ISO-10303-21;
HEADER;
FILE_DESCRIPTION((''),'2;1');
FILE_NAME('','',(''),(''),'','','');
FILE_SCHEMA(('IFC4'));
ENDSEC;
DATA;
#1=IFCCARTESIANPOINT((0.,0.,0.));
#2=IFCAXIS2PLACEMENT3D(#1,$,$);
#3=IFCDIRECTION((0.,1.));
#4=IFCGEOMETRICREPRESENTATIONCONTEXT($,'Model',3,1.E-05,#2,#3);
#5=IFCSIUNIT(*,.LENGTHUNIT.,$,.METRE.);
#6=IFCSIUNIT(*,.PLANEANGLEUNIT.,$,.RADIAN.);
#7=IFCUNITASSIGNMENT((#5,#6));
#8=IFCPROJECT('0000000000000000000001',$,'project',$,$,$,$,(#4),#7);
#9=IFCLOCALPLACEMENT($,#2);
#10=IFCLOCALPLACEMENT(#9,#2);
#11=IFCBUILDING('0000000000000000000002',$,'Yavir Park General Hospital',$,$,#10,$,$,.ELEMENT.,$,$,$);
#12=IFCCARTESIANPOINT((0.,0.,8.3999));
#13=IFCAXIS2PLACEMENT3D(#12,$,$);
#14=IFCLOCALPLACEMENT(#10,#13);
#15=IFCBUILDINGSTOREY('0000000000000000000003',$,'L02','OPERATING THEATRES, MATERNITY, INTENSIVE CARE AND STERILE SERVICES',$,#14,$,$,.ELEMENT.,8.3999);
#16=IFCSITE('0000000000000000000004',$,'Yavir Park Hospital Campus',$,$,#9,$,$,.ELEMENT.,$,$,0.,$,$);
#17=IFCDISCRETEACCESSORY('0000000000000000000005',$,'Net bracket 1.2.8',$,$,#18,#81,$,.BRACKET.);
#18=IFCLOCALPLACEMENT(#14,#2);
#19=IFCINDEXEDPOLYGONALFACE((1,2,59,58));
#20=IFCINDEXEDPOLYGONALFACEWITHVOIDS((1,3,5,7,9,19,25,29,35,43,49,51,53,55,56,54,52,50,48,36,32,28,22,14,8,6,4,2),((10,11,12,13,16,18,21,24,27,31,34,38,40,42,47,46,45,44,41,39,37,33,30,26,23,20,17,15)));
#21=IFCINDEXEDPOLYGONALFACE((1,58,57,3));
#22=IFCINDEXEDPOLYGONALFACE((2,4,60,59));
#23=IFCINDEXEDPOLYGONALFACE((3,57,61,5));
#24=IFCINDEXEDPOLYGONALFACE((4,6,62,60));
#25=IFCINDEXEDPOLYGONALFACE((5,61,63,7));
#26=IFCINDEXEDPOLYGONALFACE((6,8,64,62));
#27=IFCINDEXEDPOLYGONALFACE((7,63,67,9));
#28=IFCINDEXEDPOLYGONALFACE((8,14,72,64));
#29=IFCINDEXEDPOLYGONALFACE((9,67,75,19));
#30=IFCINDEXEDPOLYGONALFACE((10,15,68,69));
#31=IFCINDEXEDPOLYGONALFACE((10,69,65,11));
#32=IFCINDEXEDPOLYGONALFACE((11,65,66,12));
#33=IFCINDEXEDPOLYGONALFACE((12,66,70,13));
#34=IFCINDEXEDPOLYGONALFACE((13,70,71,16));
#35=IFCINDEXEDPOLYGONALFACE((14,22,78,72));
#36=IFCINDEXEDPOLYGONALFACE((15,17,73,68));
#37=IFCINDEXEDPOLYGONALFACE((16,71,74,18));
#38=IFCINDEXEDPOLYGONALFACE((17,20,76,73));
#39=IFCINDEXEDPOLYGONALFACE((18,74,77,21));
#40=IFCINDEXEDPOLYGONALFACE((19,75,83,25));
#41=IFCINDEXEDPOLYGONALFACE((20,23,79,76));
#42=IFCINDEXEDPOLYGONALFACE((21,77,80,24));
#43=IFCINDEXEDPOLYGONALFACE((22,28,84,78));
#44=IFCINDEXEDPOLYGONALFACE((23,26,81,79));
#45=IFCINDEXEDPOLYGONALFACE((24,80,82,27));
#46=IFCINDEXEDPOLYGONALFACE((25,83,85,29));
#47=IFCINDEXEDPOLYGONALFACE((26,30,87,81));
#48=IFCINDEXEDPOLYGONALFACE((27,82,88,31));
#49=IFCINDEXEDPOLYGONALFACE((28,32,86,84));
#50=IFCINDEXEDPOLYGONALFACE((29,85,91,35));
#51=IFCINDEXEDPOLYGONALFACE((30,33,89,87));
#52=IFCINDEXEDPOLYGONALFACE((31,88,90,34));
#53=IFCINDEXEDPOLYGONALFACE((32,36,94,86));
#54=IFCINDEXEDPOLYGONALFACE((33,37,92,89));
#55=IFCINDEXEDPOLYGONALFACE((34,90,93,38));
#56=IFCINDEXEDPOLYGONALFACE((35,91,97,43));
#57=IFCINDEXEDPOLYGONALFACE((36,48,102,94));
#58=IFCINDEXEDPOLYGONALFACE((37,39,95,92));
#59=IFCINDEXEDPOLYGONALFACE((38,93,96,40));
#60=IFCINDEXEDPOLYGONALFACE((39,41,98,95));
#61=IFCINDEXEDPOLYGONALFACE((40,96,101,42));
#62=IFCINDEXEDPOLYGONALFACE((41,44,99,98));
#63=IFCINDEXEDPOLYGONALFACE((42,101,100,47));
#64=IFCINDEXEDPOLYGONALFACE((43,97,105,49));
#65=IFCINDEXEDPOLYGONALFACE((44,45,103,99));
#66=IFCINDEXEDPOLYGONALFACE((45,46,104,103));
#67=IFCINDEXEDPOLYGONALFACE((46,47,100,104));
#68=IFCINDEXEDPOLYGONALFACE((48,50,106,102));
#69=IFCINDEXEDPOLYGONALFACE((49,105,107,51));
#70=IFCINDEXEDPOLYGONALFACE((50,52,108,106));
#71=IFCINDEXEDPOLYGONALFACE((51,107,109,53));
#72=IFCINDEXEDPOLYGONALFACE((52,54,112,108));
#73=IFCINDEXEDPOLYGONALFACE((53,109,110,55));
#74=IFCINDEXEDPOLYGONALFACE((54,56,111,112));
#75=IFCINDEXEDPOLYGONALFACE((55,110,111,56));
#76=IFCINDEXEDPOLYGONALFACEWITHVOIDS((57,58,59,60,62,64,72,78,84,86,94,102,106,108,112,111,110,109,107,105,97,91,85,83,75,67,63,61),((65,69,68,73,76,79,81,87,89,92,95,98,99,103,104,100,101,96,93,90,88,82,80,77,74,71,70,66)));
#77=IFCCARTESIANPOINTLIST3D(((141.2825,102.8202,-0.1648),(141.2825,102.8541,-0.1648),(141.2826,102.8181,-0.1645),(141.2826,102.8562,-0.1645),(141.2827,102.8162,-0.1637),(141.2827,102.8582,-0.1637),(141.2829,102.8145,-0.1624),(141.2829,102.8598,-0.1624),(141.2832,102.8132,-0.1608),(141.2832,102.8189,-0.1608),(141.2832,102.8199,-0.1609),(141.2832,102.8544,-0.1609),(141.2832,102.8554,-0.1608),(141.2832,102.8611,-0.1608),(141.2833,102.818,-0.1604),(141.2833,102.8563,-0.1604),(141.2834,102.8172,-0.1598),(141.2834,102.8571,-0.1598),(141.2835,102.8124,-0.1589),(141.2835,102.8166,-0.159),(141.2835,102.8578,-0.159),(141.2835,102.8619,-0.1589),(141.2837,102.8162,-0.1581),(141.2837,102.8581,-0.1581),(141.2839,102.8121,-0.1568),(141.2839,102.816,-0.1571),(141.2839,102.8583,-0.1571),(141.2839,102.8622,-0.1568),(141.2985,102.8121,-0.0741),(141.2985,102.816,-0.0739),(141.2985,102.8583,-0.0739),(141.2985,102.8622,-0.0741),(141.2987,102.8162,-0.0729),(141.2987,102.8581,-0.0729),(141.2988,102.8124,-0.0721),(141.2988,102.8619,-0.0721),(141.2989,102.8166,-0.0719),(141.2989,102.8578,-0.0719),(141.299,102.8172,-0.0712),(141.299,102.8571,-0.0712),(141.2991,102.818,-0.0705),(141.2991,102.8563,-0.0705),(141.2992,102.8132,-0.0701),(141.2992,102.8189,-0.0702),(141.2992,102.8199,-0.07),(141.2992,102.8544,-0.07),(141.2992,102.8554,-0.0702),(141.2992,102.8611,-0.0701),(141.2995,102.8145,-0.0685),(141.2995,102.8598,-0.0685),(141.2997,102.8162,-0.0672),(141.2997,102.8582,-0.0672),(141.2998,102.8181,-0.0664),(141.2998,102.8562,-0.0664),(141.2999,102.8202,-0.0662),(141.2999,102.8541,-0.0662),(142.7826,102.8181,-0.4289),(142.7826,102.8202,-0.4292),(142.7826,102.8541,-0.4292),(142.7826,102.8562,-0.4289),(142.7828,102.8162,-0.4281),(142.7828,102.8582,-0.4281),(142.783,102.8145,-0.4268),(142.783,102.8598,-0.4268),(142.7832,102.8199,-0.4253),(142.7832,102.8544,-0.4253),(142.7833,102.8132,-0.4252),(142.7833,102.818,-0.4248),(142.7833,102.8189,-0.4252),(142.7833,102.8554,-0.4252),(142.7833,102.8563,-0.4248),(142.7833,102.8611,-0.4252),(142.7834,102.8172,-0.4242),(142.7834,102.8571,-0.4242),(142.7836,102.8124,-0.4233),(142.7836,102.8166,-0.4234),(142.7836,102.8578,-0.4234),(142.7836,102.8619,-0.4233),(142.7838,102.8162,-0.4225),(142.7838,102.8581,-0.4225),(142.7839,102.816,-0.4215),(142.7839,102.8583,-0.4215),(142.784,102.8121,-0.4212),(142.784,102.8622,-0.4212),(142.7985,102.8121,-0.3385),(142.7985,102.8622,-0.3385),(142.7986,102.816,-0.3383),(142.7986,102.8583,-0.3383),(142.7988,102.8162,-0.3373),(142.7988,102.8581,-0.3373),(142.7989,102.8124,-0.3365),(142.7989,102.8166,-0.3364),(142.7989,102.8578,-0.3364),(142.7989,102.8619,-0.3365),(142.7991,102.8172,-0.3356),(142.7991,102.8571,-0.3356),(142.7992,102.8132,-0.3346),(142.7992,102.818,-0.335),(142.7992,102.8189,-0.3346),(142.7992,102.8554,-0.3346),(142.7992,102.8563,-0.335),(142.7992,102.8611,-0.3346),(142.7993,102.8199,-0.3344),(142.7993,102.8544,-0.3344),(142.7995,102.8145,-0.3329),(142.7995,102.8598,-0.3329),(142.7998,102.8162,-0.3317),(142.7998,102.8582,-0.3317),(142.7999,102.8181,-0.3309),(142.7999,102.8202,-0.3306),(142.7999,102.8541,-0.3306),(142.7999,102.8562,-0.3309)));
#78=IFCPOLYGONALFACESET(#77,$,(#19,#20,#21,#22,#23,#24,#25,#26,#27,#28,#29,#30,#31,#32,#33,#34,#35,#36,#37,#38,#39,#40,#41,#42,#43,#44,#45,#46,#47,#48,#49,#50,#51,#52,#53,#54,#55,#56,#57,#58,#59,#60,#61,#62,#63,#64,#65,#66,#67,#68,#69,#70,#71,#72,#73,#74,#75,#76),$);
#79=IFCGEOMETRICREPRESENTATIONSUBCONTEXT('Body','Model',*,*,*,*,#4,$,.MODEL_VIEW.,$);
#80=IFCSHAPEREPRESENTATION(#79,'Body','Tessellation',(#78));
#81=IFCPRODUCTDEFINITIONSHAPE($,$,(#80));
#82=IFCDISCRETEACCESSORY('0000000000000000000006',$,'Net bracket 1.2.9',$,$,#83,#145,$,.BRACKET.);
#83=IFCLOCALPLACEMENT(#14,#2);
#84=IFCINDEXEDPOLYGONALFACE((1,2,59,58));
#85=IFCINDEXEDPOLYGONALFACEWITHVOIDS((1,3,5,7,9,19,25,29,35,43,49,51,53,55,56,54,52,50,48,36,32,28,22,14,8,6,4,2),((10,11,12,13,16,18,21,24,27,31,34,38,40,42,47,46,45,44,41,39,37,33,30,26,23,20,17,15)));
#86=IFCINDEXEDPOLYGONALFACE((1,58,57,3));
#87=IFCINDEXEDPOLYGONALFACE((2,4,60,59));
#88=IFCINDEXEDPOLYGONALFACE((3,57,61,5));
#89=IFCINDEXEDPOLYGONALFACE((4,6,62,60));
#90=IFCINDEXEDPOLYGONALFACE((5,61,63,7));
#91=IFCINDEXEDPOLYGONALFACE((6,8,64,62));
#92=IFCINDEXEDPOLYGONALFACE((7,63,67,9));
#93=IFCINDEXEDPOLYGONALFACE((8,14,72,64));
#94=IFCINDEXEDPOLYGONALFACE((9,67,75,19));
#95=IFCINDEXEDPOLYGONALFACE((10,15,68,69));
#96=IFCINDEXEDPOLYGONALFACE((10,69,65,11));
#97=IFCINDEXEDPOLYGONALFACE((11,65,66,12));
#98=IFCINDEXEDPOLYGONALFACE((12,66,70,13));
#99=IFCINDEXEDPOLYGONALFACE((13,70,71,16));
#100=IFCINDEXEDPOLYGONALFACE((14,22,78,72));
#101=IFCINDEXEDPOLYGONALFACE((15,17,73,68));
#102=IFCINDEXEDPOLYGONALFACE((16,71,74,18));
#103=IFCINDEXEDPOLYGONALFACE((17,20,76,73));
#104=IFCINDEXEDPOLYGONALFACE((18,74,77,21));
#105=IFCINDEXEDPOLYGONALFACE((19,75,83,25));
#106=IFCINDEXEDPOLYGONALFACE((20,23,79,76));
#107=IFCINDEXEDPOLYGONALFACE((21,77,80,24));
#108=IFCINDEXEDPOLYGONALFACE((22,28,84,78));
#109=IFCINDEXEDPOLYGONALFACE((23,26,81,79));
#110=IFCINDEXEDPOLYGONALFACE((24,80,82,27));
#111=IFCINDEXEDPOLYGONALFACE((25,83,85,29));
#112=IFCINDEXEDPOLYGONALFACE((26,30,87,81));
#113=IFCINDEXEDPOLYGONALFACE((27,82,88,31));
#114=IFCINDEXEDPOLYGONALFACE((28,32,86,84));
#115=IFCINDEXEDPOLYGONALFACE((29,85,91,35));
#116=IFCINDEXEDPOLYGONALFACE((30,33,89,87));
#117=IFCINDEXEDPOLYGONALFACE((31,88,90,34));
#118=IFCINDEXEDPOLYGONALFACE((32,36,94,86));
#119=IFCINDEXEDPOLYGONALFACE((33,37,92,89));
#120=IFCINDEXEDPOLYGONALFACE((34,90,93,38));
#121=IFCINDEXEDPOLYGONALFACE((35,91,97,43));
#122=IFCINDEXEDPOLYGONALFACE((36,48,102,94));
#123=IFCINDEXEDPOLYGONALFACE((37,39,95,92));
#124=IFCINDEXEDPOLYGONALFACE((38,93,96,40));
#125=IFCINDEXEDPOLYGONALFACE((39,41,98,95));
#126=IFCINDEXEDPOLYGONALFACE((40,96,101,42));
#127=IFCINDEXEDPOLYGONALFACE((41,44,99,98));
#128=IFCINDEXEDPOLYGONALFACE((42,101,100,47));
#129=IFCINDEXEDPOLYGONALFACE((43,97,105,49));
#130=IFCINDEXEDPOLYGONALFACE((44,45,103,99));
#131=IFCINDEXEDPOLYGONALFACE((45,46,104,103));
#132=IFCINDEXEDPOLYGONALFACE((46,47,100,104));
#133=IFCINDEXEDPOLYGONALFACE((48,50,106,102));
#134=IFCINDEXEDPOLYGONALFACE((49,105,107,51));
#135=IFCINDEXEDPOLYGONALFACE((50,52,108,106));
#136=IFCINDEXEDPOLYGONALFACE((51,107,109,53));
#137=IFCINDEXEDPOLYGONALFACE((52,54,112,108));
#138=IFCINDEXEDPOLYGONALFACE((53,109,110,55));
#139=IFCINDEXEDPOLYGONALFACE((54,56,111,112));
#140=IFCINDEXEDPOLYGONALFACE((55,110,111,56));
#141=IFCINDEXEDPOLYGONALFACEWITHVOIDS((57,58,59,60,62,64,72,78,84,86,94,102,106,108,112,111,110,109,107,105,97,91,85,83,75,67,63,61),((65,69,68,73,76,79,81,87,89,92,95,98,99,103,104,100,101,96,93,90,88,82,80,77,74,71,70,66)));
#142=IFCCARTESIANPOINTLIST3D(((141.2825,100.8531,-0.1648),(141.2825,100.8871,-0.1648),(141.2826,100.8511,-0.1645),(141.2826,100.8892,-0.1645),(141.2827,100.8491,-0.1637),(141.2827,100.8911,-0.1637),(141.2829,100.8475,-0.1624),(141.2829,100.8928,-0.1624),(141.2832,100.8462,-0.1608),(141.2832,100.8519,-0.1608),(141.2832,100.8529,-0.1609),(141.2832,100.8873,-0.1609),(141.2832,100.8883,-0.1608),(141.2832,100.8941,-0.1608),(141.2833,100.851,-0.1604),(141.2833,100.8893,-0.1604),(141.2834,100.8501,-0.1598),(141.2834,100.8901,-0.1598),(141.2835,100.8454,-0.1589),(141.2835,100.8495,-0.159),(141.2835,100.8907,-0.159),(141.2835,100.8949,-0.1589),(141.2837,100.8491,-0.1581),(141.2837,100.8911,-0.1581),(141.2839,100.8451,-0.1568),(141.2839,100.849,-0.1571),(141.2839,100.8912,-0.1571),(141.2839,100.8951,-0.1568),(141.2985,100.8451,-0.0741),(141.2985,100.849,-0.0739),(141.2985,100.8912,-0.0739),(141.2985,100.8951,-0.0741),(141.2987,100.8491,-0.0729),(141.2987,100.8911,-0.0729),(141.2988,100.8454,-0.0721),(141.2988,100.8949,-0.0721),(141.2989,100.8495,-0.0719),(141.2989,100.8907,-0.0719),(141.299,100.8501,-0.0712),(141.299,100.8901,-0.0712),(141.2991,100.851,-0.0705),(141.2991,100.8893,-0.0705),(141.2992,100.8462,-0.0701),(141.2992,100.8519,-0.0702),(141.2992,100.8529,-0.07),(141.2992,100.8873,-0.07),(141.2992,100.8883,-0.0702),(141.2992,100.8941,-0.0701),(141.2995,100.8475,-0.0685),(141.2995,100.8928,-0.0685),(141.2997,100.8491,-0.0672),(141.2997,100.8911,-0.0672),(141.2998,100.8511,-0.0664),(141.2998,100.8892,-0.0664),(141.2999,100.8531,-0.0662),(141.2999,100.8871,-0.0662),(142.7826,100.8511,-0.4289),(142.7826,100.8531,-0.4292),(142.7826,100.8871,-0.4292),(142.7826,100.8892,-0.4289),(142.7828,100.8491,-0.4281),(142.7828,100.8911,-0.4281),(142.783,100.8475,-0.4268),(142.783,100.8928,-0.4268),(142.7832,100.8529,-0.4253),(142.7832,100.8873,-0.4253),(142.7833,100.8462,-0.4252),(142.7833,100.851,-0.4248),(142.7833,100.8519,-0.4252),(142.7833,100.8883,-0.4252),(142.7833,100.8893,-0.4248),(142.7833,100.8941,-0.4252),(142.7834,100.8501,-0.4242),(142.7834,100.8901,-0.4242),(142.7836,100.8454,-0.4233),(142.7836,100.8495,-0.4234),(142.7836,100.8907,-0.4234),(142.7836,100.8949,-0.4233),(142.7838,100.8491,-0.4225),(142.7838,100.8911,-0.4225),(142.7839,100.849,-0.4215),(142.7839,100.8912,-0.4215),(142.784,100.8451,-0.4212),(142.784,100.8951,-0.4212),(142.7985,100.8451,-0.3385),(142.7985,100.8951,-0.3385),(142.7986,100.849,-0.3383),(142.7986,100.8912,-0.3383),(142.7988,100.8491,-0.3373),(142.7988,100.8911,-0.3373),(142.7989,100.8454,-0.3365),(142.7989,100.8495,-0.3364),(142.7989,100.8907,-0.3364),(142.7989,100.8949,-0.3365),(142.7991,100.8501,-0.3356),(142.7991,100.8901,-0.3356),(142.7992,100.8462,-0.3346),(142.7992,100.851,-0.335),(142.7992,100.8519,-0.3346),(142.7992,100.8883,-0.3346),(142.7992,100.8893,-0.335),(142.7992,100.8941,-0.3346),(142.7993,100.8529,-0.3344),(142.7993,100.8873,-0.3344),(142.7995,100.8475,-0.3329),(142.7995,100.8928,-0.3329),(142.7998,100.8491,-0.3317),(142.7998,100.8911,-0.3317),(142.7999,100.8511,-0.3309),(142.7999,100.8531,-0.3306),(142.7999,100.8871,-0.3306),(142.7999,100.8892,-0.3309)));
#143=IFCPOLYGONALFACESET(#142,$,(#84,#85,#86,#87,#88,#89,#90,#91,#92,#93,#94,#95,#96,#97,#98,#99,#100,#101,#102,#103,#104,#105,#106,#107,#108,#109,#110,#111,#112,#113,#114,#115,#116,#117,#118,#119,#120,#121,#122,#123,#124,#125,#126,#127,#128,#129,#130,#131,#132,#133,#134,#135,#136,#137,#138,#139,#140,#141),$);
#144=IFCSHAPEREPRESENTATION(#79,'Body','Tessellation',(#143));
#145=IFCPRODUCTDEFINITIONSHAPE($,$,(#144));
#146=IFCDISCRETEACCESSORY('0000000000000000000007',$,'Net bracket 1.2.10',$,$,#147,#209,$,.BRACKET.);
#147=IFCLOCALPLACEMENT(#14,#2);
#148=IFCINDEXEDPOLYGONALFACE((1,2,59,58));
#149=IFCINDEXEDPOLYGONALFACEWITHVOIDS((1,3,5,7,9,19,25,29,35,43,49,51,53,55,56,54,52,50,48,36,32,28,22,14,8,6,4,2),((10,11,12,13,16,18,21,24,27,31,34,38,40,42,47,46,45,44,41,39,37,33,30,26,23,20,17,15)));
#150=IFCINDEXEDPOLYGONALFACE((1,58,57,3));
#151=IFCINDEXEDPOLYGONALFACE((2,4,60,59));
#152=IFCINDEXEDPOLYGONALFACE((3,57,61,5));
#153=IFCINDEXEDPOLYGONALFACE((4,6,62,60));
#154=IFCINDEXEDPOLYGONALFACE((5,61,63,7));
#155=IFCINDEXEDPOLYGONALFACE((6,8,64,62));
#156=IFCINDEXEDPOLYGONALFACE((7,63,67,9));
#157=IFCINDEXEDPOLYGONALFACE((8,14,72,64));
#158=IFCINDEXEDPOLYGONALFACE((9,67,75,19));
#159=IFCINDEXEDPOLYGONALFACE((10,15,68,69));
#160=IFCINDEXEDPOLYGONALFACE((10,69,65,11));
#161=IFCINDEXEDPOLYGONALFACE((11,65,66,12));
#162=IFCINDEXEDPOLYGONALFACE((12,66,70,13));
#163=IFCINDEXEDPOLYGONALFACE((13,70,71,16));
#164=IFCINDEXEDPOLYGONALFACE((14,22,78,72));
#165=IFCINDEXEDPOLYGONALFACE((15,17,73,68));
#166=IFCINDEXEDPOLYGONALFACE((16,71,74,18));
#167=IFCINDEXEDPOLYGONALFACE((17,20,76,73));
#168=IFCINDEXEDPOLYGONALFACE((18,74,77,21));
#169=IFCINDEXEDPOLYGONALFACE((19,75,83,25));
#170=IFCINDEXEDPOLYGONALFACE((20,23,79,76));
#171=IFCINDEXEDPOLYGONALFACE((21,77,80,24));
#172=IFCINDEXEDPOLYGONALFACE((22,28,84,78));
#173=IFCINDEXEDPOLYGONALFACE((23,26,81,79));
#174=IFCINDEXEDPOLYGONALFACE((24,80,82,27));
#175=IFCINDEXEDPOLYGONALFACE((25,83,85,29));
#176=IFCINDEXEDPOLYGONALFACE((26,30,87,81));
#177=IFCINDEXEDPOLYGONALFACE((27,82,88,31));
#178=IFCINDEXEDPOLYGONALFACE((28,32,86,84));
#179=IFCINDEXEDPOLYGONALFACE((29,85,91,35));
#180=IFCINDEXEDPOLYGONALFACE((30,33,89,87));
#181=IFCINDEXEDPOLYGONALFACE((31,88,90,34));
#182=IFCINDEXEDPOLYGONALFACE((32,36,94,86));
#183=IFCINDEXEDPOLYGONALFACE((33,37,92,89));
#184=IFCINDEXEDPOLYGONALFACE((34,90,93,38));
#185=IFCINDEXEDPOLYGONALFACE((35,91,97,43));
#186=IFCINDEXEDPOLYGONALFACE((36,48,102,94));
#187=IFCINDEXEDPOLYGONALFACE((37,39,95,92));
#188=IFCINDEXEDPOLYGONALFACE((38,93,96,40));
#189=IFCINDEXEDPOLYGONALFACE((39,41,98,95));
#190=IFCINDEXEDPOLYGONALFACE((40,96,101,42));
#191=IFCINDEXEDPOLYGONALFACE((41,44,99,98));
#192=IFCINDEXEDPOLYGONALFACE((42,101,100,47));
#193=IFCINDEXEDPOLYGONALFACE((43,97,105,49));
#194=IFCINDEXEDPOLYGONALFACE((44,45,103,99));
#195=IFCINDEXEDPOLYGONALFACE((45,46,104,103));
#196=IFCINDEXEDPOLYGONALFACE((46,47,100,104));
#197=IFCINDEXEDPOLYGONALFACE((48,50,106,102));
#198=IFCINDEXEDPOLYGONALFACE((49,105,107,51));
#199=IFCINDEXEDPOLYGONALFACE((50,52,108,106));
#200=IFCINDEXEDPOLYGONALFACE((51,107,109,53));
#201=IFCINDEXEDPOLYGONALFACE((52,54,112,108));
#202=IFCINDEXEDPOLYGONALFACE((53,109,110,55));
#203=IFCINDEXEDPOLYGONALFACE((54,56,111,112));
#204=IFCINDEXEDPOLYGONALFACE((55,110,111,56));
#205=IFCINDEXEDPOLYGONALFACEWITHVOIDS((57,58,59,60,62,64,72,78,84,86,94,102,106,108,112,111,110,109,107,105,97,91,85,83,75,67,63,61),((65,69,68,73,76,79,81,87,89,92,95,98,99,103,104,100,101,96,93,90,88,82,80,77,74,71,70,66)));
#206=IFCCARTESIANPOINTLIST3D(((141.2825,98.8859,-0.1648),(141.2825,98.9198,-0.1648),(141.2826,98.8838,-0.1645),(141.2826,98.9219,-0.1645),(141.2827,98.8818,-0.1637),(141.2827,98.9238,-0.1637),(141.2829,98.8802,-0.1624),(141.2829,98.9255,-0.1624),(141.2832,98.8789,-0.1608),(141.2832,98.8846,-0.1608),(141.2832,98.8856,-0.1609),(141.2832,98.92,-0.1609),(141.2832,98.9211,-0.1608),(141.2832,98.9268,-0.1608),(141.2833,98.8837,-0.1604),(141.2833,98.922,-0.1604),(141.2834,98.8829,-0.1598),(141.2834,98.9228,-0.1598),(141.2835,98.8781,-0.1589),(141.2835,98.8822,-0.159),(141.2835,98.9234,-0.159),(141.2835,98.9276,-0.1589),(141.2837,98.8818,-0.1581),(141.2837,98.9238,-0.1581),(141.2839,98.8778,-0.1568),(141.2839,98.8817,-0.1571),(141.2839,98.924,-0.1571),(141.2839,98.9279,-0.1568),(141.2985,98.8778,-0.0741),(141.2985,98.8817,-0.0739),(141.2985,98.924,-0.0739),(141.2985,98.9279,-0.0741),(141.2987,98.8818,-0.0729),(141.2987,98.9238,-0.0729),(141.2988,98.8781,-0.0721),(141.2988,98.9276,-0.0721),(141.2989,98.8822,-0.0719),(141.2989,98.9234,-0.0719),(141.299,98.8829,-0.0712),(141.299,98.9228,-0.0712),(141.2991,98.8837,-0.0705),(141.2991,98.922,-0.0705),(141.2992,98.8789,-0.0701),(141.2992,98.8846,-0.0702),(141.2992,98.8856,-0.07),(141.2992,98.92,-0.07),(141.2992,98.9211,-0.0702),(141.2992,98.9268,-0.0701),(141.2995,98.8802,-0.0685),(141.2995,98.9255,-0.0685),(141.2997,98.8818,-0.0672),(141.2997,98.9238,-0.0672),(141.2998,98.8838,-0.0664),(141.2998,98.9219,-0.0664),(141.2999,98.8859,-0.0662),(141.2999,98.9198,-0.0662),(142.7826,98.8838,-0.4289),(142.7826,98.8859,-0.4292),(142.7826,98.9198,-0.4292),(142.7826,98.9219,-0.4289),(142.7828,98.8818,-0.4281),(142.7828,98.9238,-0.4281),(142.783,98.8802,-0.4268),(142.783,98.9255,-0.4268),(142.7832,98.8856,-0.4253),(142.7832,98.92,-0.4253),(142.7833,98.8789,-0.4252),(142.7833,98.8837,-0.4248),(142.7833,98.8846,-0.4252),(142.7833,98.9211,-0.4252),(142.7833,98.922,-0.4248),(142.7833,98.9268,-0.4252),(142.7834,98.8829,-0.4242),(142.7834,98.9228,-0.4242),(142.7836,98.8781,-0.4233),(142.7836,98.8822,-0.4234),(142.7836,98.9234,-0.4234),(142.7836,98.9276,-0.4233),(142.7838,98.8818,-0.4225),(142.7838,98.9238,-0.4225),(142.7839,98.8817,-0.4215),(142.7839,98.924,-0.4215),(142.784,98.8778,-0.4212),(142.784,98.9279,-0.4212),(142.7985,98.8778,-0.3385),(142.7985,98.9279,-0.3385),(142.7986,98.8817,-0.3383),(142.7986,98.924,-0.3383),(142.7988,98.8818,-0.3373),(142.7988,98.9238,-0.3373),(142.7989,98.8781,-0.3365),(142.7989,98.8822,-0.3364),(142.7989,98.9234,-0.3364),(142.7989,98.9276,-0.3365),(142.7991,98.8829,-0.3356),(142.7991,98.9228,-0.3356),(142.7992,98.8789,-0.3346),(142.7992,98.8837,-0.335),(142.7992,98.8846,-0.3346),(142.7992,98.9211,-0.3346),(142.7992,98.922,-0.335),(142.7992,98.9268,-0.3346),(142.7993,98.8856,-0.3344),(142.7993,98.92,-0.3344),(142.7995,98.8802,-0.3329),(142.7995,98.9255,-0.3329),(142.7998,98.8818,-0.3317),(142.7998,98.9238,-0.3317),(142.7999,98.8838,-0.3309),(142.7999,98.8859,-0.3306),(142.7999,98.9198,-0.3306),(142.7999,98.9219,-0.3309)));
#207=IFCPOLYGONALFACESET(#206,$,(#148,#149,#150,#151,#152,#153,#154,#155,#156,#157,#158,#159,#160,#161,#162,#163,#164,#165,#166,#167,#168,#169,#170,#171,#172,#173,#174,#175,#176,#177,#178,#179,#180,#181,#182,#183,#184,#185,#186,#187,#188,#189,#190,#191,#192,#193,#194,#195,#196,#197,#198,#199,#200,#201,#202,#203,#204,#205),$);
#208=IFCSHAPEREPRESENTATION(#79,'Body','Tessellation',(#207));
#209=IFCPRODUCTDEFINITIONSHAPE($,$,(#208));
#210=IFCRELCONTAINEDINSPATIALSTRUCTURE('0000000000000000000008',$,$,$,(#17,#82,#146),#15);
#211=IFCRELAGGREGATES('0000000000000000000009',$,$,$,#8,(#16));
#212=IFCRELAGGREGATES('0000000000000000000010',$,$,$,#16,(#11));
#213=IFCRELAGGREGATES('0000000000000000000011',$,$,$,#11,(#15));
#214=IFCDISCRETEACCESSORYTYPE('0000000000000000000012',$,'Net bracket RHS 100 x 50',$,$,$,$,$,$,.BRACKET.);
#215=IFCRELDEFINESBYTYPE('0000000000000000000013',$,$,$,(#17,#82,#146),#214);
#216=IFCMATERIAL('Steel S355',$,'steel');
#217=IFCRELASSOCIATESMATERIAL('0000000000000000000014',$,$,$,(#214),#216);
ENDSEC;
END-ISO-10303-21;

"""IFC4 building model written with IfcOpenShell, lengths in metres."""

from ifc_helpers import new_model, si_unit, direction, frame, origin, origin_2d, place, context, subcontext, project, spatial, hollow_rectangle, extrude, material, material_profile, profile_set, type_object, element, save


model = new_model("IFC4")

# Units and contexts
model_context = context("Model", 3, precision=1e-05, world=origin(), true_north=direction((0.0, 1.0)))
body_context = subcontext(model_context, "Body", "Model", "MODEL_VIEW")
ifc_project = project(units=[si_unit("LENGTHUNIT", "METRE"), si_unit("PLANEANGLEUNIT", "RADIAN")], contexts=[model_context])

# Site, building, storey
site_placement = place(None, origin())
site = spatial("IfcSite", under=ifc_project, at=site_placement, Name="Yavir Park Hospital Campus", CompositionType="ELEMENT", RefElevation=0.0)
building_placement = place(site_placement, origin())
building = spatial("IfcBuilding", under=site, at=building_placement, Name="Yavir Park General Hospital", CompositionType="ELEMENT")
storey_placement = place(building_placement, frame((0.0, 0.0, 8.3999)))
storey = spatial("IfcBuildingStorey", under=building, at=storey_placement, Name="L02", Description="OPERATING THEATRES, MATERNITY, INTENSIVE CARE AND STERILE SERVICES", CompositionType="ELEMENT", Elevation=8.3999)

# Discrete accessories
ifc_material_1 = material(Name="Steel S355", Category="steel")
ifc_material_profile_1 = material_profile(ifc_material_1, hollow_rectangle(XDim=0.05, YDim=0.1001, WallThickness=0.0039, InnerFilletRadius=0.0039, OuterFilletRadius=0.0081, at=origin_2d()), Name="RHS100x50x4")
ifc_profile_set_1 = profile_set([ifc_material_profile_1], Name="Steel S355")
discrete_accessory_type_1 = type_object("IfcDiscreteAccessoryType", Name="Net bracket RHS 100 x 50", PredefinedType="BRACKET", material=ifc_profile_set_1)
for number, where, z_axis, x_axis, name in (
    (1, (142.7913, 102.8372, -0.3799), (-0.984817, 0.0, 0.173593), (0.0, -1.0, 0.0), "Net bracket 1.2.8"),
    (2, (142.7913, 100.8701, -0.3799), (-0.984817, 0.0, 0.173593), (0.0, -1.0, 0.0), "Net bracket 1.2.9"),
    (3, (142.7913, 98.9028, -0.3799), (-0.984817, 0.0, 0.173593), (0.0, -1.0, 0.0), "Net bracket 1.2.10"),
):
    element("IfcDiscreteAccessory", number, at=place(storey_placement, frame(where, z_axis=z_axis, x_axis=x_axis)), inside=storey, type_object=discrete_accessory_type_1, Name=name, PredefinedType="BRACKET", context=body_context, shape_type="SweptSolid", body=[
        extrude(hollow_rectangle(XDim=0.05, YDim=0.1001, WallThickness=0.0039, InnerFilletRadius=0.0039, OuterFilletRadius=0.0081, at=origin_2d()), origin(), (0.0, 0.0, 1.0), 1.5232),
    ])

save(model, "model.ifc")
